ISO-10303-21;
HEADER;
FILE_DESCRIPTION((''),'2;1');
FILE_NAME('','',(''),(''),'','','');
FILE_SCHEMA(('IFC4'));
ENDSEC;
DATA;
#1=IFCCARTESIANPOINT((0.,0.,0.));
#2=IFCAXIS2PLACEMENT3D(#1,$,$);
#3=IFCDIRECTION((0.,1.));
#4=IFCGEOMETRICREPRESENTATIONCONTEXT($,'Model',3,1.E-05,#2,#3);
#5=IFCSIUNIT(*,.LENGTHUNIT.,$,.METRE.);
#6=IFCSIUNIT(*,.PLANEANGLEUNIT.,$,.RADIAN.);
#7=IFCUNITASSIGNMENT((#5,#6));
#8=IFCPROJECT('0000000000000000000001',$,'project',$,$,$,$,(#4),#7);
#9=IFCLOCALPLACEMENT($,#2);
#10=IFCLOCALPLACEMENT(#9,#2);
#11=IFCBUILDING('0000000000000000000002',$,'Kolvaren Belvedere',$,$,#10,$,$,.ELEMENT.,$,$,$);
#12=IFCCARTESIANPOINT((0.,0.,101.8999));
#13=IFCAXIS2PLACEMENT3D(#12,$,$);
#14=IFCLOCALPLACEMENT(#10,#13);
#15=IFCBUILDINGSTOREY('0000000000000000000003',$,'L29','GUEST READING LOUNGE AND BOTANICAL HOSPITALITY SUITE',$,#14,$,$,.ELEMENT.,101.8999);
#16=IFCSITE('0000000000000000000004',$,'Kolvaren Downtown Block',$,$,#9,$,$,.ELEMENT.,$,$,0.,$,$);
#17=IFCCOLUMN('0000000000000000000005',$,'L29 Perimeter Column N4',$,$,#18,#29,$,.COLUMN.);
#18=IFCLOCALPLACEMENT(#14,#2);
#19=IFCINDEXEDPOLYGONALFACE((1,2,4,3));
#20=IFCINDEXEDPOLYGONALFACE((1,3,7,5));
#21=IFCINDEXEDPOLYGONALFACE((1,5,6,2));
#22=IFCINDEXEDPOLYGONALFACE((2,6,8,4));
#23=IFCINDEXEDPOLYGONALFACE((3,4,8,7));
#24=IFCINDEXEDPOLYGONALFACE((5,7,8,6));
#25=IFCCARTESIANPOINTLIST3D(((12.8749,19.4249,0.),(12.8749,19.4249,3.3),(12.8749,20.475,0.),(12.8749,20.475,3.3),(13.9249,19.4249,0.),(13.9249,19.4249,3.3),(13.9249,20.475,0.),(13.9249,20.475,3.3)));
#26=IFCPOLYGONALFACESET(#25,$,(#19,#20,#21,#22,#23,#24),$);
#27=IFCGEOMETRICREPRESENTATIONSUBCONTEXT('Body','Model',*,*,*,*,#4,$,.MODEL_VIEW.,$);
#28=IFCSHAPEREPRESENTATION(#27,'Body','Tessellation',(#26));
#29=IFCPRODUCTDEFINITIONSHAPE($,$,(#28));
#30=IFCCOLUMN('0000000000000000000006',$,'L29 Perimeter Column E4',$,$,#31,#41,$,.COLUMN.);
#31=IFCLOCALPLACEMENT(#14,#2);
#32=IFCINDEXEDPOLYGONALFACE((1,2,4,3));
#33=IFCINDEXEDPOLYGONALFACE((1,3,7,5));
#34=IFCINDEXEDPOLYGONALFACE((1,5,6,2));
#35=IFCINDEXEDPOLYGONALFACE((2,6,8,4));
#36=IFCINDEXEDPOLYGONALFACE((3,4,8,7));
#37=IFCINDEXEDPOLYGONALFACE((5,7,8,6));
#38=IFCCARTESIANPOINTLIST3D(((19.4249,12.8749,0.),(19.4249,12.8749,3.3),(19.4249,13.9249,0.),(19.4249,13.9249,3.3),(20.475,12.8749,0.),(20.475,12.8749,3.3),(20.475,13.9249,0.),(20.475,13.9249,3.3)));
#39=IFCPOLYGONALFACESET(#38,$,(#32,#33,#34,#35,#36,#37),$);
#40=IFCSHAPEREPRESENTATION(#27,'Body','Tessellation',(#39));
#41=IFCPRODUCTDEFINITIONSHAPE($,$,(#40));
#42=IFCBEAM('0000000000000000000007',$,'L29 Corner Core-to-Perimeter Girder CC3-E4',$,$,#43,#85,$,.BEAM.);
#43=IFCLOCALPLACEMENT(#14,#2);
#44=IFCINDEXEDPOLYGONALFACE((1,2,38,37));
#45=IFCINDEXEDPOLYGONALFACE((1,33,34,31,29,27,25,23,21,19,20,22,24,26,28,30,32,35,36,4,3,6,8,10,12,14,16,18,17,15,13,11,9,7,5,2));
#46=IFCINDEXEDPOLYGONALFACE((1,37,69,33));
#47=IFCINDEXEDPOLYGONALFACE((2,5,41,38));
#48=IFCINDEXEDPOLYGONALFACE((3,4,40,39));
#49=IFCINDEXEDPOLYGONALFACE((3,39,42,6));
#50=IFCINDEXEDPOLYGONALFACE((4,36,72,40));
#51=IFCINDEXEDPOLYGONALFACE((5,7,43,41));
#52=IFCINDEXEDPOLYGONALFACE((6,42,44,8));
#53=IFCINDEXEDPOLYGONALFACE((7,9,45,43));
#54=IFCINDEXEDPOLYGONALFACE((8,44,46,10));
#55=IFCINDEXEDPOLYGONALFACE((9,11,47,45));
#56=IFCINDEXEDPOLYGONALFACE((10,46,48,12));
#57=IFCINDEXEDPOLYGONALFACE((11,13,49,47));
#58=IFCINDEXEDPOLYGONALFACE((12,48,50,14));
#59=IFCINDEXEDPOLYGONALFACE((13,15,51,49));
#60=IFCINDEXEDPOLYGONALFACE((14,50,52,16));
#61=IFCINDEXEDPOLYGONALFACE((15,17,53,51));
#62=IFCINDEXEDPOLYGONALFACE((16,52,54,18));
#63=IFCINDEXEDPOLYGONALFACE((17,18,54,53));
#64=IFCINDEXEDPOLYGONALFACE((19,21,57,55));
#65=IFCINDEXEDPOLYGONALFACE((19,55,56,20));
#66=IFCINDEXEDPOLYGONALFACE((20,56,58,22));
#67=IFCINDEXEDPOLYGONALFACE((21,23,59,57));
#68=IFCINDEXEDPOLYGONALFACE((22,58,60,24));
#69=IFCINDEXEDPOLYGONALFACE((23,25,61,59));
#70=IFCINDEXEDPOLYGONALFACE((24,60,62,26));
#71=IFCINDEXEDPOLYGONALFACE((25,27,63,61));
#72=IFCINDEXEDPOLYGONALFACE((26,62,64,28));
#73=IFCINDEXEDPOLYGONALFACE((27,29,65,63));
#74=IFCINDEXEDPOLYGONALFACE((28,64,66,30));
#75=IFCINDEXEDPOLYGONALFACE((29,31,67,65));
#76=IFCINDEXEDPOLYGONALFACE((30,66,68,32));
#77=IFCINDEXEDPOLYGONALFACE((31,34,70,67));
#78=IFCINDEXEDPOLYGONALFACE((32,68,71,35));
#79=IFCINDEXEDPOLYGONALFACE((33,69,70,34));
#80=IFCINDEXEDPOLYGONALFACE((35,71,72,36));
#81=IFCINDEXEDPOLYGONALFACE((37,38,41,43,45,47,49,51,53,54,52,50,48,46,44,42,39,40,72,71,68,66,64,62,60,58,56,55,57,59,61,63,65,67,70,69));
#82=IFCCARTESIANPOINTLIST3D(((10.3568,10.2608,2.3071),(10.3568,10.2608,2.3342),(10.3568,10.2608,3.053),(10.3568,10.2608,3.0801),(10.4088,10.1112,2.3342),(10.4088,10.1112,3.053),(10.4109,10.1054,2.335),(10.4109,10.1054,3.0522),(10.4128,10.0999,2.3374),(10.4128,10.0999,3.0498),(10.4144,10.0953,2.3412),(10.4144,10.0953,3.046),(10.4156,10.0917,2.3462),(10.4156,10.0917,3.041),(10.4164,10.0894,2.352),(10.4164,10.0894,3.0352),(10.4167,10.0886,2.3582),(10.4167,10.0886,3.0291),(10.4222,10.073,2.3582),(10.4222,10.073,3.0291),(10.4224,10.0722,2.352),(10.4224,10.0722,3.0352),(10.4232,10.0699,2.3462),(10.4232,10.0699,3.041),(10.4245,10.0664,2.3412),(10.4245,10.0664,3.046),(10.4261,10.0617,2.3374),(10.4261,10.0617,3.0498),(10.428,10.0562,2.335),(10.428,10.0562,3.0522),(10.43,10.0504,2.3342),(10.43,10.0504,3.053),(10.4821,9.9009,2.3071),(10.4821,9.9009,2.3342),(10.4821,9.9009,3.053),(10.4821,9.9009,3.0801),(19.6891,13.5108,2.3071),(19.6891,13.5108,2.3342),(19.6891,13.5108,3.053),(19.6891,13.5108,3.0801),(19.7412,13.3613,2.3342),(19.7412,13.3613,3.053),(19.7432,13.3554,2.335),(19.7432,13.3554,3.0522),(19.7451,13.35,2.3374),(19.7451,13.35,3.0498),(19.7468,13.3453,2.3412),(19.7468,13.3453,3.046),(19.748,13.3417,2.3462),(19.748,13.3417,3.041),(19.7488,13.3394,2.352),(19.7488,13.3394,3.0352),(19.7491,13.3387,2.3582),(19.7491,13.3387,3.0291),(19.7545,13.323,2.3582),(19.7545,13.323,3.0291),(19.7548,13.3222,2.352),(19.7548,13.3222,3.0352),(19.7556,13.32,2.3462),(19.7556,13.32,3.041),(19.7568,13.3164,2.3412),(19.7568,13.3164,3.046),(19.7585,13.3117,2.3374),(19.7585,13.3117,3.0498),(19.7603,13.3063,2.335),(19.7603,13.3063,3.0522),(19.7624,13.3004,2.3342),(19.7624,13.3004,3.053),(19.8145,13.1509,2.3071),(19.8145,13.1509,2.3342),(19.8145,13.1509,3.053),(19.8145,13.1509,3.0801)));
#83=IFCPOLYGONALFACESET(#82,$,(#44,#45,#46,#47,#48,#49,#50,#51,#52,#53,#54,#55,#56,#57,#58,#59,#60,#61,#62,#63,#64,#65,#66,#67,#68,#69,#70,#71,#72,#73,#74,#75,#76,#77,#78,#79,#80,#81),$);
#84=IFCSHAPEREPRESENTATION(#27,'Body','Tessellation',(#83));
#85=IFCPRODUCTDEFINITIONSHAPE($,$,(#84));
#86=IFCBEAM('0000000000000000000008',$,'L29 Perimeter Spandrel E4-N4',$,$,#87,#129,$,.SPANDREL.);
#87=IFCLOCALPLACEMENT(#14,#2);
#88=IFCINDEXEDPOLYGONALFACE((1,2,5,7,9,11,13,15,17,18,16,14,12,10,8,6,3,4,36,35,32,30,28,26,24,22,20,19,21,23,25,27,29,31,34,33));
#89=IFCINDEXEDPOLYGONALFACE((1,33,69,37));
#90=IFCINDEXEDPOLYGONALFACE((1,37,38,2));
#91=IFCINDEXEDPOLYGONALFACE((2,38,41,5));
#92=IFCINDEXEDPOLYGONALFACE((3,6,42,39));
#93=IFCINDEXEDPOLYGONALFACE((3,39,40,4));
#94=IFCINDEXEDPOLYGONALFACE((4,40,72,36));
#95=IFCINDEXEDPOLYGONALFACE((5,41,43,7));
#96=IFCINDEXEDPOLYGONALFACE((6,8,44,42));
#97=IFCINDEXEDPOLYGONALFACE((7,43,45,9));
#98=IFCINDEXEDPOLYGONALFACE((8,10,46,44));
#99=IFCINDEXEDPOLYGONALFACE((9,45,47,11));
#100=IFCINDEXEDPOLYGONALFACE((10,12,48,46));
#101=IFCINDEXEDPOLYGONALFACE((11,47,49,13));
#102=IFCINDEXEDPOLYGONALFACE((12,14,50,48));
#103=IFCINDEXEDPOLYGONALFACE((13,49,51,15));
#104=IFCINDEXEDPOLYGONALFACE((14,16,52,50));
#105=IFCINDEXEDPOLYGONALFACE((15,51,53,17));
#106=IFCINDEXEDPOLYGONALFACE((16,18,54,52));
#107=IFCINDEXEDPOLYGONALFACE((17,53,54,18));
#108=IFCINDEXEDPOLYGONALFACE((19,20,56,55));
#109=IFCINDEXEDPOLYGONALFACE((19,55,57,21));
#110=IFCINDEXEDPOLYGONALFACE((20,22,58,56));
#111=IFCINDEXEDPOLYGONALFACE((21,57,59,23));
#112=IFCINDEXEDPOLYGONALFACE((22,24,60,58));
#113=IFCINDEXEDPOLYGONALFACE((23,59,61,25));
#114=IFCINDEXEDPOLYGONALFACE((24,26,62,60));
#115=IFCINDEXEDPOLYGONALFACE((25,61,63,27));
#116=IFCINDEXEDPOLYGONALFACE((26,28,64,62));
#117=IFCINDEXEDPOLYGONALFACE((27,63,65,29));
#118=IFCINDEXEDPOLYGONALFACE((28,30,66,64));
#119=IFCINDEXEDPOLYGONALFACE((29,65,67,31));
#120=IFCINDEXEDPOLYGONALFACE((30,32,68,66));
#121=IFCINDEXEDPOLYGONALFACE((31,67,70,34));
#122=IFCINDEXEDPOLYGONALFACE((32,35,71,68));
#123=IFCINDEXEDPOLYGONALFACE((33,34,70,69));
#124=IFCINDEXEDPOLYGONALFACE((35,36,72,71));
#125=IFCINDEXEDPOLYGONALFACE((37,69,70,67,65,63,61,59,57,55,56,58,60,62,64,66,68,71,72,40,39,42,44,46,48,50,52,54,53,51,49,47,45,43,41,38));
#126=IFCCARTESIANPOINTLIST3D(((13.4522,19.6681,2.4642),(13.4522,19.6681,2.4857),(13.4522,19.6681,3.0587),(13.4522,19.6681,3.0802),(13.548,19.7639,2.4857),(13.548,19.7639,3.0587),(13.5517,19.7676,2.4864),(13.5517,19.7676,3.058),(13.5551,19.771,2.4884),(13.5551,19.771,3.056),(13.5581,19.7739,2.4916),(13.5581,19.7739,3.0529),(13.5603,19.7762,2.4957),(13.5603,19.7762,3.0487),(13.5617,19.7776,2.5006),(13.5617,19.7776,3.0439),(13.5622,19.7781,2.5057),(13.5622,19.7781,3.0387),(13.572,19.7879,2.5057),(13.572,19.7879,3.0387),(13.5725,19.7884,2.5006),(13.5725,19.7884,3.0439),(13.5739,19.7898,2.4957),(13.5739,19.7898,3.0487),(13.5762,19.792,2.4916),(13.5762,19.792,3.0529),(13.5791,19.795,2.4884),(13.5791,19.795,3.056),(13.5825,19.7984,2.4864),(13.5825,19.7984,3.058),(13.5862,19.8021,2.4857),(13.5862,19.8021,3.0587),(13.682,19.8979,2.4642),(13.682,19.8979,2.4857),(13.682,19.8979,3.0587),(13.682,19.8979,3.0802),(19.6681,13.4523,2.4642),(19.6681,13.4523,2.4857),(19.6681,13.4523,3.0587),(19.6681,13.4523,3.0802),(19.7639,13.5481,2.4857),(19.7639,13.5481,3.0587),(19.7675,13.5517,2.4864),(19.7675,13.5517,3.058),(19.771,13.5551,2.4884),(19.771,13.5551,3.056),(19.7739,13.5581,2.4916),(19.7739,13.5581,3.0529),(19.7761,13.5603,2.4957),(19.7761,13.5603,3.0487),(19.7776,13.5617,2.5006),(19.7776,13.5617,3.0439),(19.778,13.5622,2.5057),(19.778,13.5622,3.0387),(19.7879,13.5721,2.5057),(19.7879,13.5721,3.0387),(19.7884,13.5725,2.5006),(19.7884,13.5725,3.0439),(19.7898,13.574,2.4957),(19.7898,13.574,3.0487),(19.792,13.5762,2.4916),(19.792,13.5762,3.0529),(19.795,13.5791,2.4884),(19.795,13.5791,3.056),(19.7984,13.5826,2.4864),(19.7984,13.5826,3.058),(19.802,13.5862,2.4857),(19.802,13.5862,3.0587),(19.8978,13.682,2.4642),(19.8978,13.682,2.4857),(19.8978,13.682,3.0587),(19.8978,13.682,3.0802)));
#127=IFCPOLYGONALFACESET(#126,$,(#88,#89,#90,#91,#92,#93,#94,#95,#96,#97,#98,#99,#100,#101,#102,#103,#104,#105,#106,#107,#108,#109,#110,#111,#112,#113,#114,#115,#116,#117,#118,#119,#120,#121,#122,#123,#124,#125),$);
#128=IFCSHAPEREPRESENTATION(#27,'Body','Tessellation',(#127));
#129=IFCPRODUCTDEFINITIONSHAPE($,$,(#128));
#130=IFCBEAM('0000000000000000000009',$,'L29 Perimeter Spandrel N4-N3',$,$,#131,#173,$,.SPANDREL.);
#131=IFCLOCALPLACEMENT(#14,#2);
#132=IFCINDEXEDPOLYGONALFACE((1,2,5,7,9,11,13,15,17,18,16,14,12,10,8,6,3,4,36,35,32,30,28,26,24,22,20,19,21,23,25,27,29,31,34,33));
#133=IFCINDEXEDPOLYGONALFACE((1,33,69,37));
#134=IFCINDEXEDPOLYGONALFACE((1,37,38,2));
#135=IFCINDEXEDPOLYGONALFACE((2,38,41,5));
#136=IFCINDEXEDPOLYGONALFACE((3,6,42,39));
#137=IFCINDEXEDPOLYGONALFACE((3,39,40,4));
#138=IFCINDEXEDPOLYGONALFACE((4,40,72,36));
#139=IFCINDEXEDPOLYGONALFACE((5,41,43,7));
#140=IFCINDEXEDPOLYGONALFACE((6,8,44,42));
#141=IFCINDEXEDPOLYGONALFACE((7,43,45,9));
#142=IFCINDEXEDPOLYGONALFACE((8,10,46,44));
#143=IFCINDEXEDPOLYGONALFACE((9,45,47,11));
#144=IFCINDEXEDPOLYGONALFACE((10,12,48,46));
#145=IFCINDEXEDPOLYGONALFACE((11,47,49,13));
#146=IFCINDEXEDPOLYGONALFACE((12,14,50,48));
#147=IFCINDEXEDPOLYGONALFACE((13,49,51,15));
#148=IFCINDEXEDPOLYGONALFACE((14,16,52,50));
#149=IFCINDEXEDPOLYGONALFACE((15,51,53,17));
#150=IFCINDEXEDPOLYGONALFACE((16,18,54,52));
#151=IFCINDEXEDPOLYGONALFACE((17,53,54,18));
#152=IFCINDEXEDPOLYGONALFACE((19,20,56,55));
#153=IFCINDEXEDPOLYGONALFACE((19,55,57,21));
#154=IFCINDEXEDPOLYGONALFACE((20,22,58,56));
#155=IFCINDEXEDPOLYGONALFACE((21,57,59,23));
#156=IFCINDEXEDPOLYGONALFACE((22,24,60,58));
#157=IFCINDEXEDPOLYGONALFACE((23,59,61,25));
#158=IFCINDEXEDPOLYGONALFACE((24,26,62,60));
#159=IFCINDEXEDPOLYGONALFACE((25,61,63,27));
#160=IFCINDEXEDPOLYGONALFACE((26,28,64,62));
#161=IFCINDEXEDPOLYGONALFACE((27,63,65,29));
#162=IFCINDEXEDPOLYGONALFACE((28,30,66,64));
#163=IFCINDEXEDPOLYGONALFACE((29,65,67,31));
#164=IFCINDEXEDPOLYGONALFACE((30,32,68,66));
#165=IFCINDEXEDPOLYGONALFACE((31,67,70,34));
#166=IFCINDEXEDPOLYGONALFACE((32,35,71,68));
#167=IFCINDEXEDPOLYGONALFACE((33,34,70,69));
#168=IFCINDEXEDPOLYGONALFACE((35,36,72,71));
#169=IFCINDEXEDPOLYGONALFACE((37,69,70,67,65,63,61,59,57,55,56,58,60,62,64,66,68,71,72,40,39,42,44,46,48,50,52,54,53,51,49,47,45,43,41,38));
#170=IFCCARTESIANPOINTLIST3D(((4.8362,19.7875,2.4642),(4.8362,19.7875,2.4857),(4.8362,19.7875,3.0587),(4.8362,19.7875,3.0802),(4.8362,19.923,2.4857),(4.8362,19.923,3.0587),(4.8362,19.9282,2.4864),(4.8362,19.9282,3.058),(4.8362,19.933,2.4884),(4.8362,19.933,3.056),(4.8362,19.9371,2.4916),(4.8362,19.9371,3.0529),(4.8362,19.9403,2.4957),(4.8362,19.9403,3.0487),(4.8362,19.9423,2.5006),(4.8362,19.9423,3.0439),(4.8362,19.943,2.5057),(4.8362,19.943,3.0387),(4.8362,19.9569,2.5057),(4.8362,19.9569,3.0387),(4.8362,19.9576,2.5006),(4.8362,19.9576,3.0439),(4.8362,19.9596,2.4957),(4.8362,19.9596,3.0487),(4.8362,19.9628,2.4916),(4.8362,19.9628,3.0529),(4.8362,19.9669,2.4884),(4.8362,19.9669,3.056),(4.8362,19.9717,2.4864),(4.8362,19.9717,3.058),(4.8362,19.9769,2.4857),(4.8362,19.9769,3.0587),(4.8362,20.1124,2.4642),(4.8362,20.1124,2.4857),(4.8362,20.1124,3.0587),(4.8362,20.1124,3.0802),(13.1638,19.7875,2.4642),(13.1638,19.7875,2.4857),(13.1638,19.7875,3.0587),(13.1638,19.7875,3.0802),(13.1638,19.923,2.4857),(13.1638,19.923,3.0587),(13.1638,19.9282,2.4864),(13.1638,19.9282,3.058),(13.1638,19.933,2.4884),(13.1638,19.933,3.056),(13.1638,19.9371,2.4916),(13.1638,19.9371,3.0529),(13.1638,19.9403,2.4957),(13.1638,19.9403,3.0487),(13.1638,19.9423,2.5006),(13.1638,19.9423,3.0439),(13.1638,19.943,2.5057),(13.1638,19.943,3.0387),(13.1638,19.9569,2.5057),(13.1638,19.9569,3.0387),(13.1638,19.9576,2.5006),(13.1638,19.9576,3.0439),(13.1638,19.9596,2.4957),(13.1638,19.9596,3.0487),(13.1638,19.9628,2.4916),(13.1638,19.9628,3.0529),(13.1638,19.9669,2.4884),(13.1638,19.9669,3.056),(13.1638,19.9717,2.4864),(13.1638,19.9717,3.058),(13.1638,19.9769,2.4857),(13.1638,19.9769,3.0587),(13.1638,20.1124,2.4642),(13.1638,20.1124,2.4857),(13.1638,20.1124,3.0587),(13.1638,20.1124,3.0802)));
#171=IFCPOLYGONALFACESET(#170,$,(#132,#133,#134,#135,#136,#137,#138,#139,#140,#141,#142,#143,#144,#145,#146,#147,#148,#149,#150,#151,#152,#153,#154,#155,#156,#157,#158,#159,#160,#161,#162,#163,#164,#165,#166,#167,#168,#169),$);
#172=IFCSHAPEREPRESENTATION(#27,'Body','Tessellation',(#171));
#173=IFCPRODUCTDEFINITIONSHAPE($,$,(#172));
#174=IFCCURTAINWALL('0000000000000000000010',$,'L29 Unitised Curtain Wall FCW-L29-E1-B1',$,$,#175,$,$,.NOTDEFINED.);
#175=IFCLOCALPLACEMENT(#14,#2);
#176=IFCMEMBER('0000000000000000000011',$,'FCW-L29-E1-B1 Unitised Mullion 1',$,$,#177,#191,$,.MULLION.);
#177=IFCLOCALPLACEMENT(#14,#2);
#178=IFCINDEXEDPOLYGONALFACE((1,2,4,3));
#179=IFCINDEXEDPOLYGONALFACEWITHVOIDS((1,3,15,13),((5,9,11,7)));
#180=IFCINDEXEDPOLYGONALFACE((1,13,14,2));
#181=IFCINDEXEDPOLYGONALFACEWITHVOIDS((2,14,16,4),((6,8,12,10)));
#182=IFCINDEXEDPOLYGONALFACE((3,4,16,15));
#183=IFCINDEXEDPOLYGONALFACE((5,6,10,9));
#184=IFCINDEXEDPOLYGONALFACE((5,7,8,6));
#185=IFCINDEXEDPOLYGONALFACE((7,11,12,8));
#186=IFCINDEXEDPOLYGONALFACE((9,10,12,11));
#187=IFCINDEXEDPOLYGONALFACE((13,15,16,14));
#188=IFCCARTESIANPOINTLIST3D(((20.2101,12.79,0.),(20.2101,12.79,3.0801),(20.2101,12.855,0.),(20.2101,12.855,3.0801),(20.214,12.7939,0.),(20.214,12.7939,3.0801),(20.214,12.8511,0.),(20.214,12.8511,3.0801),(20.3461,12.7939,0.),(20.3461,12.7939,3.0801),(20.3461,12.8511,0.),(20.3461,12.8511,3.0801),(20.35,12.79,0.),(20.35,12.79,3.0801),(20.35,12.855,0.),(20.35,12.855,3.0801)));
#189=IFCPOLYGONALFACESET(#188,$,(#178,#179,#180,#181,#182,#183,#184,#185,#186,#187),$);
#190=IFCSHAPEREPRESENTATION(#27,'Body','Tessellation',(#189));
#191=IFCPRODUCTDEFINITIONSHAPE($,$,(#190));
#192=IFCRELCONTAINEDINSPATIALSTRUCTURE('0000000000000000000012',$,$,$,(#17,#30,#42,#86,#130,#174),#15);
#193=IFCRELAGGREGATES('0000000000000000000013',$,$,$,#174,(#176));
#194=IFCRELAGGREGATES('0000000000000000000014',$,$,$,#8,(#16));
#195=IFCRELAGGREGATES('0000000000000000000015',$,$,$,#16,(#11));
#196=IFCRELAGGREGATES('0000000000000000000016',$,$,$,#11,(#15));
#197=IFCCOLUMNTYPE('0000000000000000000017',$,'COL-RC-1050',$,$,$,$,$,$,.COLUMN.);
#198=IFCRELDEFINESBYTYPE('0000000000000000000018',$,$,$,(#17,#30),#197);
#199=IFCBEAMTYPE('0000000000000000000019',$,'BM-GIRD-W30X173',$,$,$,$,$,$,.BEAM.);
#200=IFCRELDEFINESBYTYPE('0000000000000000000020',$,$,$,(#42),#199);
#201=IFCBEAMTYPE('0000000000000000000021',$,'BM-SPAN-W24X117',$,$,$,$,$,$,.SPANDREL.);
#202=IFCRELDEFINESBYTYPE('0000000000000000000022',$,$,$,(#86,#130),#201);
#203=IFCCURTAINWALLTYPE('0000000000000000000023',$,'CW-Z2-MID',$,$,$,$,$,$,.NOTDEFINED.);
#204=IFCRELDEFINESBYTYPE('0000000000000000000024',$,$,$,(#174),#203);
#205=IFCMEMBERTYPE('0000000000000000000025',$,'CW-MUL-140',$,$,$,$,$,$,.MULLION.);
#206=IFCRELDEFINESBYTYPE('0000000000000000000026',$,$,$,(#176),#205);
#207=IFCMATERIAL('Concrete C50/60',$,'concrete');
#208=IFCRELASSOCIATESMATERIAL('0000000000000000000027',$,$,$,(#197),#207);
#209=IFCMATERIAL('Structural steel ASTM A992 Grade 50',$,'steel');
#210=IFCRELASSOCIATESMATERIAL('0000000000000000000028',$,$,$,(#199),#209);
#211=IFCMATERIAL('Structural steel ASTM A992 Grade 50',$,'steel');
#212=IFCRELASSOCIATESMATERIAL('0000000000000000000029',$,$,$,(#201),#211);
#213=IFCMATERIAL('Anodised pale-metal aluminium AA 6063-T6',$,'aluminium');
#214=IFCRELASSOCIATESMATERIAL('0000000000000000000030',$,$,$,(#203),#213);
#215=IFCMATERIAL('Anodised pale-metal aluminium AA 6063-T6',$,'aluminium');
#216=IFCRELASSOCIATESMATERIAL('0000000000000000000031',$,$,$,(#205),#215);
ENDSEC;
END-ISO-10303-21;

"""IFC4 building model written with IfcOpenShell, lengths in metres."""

from ifc_helpers import new_model, si_unit, direction, frame, origin, origin_2d, place, context, subcontext, project, spatial, rectangle, hollow_rectangle, i_section, extrude, material, material_profile, profile_set, type_object, element, aggregate, save


model = new_model("IFC4")

# Units and contexts
model_context = context("Model", 3, precision=1e-05, world=origin(), true_north=direction((0.0, 1.0)))
body_context = subcontext(model_context, "Body", "Model", "MODEL_VIEW")
ifc_project = project(units=[si_unit("LENGTHUNIT", "METRE"), si_unit("PLANEANGLEUNIT", "RADIAN")], contexts=[model_context])

# Site, building, storey
site_placement = place(None, origin())
site = spatial("IfcSite", under=ifc_project, at=site_placement, Name="Kolvaren Downtown Block", CompositionType="ELEMENT", RefElevation=0.0)
building_placement = place(site_placement, origin())
building = spatial("IfcBuilding", under=site, at=building_placement, Name="Kolvaren Belvedere", CompositionType="ELEMENT")
storey_placement = place(building_placement, frame((0.0, 0.0, 101.8999)))
storey = spatial("IfcBuildingStorey", under=building, at=storey_placement, Name="L29", Description="GUEST READING LOUNGE AND BOTANICAL HOSPITALITY SUITE", CompositionType="ELEMENT", Elevation=101.8999)

# Columns
ifc_material_1 = material(Name="Concrete C50/60", Category="concrete")
ifc_material_profile_1 = material_profile(ifc_material_1, rectangle(XDim=1.05, YDim=1.05, at=origin_2d()), Name="RC 1050X1050")
ifc_profile_set_1 = profile_set([ifc_material_profile_1], Name="Concrete C50/60")
column_type = type_object("IfcColumnType", Name="COL-RC-1050", PredefinedType="COLUMN", material=ifc_profile_set_1)
for number, where, z_axis, x_axis, name in (
    (1, (13.3999, 19.95, 0.0), (0.0, 0.0, 1.0), (1.0, 0.0, 0.0), "L29 Perimeter Column N4"),
    (2, (19.95, 13.3999, 0.0), (0.0, 0.0, 1.0), (1.0, 0.0, 0.0), "L29 Perimeter Column E4"),
):
    element("IfcColumn", number, at=place(storey_placement, frame(where, z_axis=z_axis, x_axis=x_axis)), inside=storey, type_object=column_type, Name=name, PredefinedType="COLUMN", context=body_context, shape_type="SweptSolid", body=[
        extrude(rectangle(XDim=1.05, YDim=1.05, at=origin_2d()), origin(), (0.0, 0.0, 1.0), 3.3),
    ])

# Beams
ifc_material_2 = material(Name="Structural steel ASTM A992 Grade 50", Category="steel")
ifc_material_profile_2 = material_profile(ifc_material_2, i_section(OverallWidth=0.3811, OverallDepth=0.7729, WebThickness=0.0166, FlangeThickness=0.0271, FilletRadius=0.0239, at=origin_2d()), Name="W30X173")
ifc_profile_set_2 = profile_set([ifc_material_profile_2], Name="Structural steel ASTM A992 Grade 50")
beam_type_1 = type_object("IfcBeamType", Name="BM-GIRD-W30X173", PredefinedType="BEAM", material=ifc_profile_set_2)
beam_1_placement = place(storey_placement, frame((10.4194, 10.0808, 2.6936), z_axis=(0.944371, 0.328881, 0.0), x_axis=(-0.328881, 0.944371, 0.0)))
element("IfcBeam", 3, at=beam_1_placement, inside=storey, type_object=beam_type_1, Name="L29 Corner Core-to-Perimeter Girder CC3-E4", PredefinedType="BEAM", context=body_context, shape_type="SweptSolid", body=[
    extrude(i_section(OverallWidth=0.3811, OverallDepth=0.7729, WebThickness=0.0166, FlangeThickness=0.0271, FilletRadius=0.0239, at=origin_2d()), origin(), (0.0, 0.0, 1.0), 9.8821),
])
ifc_material_3 = material(Name="Structural steel ASTM A992 Grade 50", Category="steel")
ifc_material_profile_3 = material_profile(ifc_material_3, i_section(OverallWidth=0.325, OverallDepth=0.616, WebThickness=0.0139, FlangeThickness=0.0215, FilletRadius=0.02, at=origin_2d()), Name="W24X117")
ifc_profile_set_3 = profile_set([ifc_material_profile_3], Name="Structural steel ASTM A992 Grade 50")
beam_type_2 = type_object("IfcBeamType", Name="BM-SPAN-W24X117", PredefinedType="SPANDREL", material=ifc_profile_set_3)
beam_2_placement = place(storey_placement, frame((19.783, 13.5671, 2.7722), z_axis=(-0.707107, 0.707107, 0.0), x_axis=(-0.707107, -0.707107, 0.0)))
element("IfcBeam", 4, at=beam_2_placement, inside=storey, type_object=beam_type_2, Name="L29 Perimeter Spandrel E4-N4", PredefinedType="SPANDREL", context=body_context, shape_type="SweptSolid", body=[
    extrude(i_section(OverallWidth=0.325, OverallDepth=0.616, WebThickness=0.0139, FlangeThickness=0.0215, FilletRadius=0.02, at=origin_2d()), origin(), (0.0, 0.0, 1.0), 8.7905),
])
beam_3_placement = place(storey_placement, frame((13.1638, 19.95, 2.7722), z_axis=(-1.0, 0.0, 0.0), x_axis=(0.0, -1.0, 0.0)))
element("IfcBeam", 5, at=beam_3_placement, inside=storey, type_object=beam_type_2, Name="L29 Perimeter Spandrel N4-N3", PredefinedType="SPANDREL", context=body_context, shape_type="SweptSolid", body=[
    extrude(i_section(OverallWidth=0.325, OverallDepth=0.616, WebThickness=0.0139, FlangeThickness=0.0215, FilletRadius=0.02, at=origin_2d()), origin(), (0.0, 0.0, 1.0), 8.3276),
])

# Curtain wall, member
ifc_material_4 = material(Name="Anodised pale-metal aluminium AA 6063-T6", Category="aluminium")
curtain_wall_type = type_object("IfcCurtainWallType", Name="CW-Z2-MID", PredefinedType="NOTDEFINED", material=ifc_material_4)
curtain_wall_1_placement = place(storey_placement, origin())
curtain_wall_1 = element("IfcCurtainWall", 6, at=curtain_wall_1_placement, inside=storey, type_object=curtain_wall_type, Name="L29 Unitised Curtain Wall FCW-L29-E1-B1", PredefinedType="NOTDEFINED")
ifc_material_5 = material(Name="Anodised pale-metal aluminium AA 6063-T6", Category="aluminium")
ifc_material_profile_4 = material_profile(ifc_material_5, hollow_rectangle(XDim=0.0649, YDim=0.1399, WallThickness=0.0039, at=origin_2d()), Name="ALU-MUL-140X65")
ifc_profile_set_4 = profile_set([ifc_material_profile_4], Name="Anodised pale-metal aluminium AA 6063-T6")
member_type_1 = type_object("IfcMemberType", Name="CW-MUL-140", PredefinedType="MULLION", material=ifc_profile_set_4)
member_1_placement = place(storey_placement, frame((20.28, 12.8225, 0.0), z_axis=(0.0, 0.0, 1.0), x_axis=(0.0, 1.0, 0.0)))
member_1 = element("IfcMember", 7, at=member_1_placement, type_object=member_type_1, Name="FCW-L29-E1-B1 Unitised Mullion 1", PredefinedType="MULLION", context=body_context, shape_type="SweptSolid", body=[
    extrude(hollow_rectangle(XDim=0.0649, YDim=0.1399, WallThickness=0.0039, at=origin_2d()), origin(), (0.0, 0.0, 1.0), 3.0801),
])

aggregate(curtain_wall_1, [member_1])

save(model, "model.ifc")
